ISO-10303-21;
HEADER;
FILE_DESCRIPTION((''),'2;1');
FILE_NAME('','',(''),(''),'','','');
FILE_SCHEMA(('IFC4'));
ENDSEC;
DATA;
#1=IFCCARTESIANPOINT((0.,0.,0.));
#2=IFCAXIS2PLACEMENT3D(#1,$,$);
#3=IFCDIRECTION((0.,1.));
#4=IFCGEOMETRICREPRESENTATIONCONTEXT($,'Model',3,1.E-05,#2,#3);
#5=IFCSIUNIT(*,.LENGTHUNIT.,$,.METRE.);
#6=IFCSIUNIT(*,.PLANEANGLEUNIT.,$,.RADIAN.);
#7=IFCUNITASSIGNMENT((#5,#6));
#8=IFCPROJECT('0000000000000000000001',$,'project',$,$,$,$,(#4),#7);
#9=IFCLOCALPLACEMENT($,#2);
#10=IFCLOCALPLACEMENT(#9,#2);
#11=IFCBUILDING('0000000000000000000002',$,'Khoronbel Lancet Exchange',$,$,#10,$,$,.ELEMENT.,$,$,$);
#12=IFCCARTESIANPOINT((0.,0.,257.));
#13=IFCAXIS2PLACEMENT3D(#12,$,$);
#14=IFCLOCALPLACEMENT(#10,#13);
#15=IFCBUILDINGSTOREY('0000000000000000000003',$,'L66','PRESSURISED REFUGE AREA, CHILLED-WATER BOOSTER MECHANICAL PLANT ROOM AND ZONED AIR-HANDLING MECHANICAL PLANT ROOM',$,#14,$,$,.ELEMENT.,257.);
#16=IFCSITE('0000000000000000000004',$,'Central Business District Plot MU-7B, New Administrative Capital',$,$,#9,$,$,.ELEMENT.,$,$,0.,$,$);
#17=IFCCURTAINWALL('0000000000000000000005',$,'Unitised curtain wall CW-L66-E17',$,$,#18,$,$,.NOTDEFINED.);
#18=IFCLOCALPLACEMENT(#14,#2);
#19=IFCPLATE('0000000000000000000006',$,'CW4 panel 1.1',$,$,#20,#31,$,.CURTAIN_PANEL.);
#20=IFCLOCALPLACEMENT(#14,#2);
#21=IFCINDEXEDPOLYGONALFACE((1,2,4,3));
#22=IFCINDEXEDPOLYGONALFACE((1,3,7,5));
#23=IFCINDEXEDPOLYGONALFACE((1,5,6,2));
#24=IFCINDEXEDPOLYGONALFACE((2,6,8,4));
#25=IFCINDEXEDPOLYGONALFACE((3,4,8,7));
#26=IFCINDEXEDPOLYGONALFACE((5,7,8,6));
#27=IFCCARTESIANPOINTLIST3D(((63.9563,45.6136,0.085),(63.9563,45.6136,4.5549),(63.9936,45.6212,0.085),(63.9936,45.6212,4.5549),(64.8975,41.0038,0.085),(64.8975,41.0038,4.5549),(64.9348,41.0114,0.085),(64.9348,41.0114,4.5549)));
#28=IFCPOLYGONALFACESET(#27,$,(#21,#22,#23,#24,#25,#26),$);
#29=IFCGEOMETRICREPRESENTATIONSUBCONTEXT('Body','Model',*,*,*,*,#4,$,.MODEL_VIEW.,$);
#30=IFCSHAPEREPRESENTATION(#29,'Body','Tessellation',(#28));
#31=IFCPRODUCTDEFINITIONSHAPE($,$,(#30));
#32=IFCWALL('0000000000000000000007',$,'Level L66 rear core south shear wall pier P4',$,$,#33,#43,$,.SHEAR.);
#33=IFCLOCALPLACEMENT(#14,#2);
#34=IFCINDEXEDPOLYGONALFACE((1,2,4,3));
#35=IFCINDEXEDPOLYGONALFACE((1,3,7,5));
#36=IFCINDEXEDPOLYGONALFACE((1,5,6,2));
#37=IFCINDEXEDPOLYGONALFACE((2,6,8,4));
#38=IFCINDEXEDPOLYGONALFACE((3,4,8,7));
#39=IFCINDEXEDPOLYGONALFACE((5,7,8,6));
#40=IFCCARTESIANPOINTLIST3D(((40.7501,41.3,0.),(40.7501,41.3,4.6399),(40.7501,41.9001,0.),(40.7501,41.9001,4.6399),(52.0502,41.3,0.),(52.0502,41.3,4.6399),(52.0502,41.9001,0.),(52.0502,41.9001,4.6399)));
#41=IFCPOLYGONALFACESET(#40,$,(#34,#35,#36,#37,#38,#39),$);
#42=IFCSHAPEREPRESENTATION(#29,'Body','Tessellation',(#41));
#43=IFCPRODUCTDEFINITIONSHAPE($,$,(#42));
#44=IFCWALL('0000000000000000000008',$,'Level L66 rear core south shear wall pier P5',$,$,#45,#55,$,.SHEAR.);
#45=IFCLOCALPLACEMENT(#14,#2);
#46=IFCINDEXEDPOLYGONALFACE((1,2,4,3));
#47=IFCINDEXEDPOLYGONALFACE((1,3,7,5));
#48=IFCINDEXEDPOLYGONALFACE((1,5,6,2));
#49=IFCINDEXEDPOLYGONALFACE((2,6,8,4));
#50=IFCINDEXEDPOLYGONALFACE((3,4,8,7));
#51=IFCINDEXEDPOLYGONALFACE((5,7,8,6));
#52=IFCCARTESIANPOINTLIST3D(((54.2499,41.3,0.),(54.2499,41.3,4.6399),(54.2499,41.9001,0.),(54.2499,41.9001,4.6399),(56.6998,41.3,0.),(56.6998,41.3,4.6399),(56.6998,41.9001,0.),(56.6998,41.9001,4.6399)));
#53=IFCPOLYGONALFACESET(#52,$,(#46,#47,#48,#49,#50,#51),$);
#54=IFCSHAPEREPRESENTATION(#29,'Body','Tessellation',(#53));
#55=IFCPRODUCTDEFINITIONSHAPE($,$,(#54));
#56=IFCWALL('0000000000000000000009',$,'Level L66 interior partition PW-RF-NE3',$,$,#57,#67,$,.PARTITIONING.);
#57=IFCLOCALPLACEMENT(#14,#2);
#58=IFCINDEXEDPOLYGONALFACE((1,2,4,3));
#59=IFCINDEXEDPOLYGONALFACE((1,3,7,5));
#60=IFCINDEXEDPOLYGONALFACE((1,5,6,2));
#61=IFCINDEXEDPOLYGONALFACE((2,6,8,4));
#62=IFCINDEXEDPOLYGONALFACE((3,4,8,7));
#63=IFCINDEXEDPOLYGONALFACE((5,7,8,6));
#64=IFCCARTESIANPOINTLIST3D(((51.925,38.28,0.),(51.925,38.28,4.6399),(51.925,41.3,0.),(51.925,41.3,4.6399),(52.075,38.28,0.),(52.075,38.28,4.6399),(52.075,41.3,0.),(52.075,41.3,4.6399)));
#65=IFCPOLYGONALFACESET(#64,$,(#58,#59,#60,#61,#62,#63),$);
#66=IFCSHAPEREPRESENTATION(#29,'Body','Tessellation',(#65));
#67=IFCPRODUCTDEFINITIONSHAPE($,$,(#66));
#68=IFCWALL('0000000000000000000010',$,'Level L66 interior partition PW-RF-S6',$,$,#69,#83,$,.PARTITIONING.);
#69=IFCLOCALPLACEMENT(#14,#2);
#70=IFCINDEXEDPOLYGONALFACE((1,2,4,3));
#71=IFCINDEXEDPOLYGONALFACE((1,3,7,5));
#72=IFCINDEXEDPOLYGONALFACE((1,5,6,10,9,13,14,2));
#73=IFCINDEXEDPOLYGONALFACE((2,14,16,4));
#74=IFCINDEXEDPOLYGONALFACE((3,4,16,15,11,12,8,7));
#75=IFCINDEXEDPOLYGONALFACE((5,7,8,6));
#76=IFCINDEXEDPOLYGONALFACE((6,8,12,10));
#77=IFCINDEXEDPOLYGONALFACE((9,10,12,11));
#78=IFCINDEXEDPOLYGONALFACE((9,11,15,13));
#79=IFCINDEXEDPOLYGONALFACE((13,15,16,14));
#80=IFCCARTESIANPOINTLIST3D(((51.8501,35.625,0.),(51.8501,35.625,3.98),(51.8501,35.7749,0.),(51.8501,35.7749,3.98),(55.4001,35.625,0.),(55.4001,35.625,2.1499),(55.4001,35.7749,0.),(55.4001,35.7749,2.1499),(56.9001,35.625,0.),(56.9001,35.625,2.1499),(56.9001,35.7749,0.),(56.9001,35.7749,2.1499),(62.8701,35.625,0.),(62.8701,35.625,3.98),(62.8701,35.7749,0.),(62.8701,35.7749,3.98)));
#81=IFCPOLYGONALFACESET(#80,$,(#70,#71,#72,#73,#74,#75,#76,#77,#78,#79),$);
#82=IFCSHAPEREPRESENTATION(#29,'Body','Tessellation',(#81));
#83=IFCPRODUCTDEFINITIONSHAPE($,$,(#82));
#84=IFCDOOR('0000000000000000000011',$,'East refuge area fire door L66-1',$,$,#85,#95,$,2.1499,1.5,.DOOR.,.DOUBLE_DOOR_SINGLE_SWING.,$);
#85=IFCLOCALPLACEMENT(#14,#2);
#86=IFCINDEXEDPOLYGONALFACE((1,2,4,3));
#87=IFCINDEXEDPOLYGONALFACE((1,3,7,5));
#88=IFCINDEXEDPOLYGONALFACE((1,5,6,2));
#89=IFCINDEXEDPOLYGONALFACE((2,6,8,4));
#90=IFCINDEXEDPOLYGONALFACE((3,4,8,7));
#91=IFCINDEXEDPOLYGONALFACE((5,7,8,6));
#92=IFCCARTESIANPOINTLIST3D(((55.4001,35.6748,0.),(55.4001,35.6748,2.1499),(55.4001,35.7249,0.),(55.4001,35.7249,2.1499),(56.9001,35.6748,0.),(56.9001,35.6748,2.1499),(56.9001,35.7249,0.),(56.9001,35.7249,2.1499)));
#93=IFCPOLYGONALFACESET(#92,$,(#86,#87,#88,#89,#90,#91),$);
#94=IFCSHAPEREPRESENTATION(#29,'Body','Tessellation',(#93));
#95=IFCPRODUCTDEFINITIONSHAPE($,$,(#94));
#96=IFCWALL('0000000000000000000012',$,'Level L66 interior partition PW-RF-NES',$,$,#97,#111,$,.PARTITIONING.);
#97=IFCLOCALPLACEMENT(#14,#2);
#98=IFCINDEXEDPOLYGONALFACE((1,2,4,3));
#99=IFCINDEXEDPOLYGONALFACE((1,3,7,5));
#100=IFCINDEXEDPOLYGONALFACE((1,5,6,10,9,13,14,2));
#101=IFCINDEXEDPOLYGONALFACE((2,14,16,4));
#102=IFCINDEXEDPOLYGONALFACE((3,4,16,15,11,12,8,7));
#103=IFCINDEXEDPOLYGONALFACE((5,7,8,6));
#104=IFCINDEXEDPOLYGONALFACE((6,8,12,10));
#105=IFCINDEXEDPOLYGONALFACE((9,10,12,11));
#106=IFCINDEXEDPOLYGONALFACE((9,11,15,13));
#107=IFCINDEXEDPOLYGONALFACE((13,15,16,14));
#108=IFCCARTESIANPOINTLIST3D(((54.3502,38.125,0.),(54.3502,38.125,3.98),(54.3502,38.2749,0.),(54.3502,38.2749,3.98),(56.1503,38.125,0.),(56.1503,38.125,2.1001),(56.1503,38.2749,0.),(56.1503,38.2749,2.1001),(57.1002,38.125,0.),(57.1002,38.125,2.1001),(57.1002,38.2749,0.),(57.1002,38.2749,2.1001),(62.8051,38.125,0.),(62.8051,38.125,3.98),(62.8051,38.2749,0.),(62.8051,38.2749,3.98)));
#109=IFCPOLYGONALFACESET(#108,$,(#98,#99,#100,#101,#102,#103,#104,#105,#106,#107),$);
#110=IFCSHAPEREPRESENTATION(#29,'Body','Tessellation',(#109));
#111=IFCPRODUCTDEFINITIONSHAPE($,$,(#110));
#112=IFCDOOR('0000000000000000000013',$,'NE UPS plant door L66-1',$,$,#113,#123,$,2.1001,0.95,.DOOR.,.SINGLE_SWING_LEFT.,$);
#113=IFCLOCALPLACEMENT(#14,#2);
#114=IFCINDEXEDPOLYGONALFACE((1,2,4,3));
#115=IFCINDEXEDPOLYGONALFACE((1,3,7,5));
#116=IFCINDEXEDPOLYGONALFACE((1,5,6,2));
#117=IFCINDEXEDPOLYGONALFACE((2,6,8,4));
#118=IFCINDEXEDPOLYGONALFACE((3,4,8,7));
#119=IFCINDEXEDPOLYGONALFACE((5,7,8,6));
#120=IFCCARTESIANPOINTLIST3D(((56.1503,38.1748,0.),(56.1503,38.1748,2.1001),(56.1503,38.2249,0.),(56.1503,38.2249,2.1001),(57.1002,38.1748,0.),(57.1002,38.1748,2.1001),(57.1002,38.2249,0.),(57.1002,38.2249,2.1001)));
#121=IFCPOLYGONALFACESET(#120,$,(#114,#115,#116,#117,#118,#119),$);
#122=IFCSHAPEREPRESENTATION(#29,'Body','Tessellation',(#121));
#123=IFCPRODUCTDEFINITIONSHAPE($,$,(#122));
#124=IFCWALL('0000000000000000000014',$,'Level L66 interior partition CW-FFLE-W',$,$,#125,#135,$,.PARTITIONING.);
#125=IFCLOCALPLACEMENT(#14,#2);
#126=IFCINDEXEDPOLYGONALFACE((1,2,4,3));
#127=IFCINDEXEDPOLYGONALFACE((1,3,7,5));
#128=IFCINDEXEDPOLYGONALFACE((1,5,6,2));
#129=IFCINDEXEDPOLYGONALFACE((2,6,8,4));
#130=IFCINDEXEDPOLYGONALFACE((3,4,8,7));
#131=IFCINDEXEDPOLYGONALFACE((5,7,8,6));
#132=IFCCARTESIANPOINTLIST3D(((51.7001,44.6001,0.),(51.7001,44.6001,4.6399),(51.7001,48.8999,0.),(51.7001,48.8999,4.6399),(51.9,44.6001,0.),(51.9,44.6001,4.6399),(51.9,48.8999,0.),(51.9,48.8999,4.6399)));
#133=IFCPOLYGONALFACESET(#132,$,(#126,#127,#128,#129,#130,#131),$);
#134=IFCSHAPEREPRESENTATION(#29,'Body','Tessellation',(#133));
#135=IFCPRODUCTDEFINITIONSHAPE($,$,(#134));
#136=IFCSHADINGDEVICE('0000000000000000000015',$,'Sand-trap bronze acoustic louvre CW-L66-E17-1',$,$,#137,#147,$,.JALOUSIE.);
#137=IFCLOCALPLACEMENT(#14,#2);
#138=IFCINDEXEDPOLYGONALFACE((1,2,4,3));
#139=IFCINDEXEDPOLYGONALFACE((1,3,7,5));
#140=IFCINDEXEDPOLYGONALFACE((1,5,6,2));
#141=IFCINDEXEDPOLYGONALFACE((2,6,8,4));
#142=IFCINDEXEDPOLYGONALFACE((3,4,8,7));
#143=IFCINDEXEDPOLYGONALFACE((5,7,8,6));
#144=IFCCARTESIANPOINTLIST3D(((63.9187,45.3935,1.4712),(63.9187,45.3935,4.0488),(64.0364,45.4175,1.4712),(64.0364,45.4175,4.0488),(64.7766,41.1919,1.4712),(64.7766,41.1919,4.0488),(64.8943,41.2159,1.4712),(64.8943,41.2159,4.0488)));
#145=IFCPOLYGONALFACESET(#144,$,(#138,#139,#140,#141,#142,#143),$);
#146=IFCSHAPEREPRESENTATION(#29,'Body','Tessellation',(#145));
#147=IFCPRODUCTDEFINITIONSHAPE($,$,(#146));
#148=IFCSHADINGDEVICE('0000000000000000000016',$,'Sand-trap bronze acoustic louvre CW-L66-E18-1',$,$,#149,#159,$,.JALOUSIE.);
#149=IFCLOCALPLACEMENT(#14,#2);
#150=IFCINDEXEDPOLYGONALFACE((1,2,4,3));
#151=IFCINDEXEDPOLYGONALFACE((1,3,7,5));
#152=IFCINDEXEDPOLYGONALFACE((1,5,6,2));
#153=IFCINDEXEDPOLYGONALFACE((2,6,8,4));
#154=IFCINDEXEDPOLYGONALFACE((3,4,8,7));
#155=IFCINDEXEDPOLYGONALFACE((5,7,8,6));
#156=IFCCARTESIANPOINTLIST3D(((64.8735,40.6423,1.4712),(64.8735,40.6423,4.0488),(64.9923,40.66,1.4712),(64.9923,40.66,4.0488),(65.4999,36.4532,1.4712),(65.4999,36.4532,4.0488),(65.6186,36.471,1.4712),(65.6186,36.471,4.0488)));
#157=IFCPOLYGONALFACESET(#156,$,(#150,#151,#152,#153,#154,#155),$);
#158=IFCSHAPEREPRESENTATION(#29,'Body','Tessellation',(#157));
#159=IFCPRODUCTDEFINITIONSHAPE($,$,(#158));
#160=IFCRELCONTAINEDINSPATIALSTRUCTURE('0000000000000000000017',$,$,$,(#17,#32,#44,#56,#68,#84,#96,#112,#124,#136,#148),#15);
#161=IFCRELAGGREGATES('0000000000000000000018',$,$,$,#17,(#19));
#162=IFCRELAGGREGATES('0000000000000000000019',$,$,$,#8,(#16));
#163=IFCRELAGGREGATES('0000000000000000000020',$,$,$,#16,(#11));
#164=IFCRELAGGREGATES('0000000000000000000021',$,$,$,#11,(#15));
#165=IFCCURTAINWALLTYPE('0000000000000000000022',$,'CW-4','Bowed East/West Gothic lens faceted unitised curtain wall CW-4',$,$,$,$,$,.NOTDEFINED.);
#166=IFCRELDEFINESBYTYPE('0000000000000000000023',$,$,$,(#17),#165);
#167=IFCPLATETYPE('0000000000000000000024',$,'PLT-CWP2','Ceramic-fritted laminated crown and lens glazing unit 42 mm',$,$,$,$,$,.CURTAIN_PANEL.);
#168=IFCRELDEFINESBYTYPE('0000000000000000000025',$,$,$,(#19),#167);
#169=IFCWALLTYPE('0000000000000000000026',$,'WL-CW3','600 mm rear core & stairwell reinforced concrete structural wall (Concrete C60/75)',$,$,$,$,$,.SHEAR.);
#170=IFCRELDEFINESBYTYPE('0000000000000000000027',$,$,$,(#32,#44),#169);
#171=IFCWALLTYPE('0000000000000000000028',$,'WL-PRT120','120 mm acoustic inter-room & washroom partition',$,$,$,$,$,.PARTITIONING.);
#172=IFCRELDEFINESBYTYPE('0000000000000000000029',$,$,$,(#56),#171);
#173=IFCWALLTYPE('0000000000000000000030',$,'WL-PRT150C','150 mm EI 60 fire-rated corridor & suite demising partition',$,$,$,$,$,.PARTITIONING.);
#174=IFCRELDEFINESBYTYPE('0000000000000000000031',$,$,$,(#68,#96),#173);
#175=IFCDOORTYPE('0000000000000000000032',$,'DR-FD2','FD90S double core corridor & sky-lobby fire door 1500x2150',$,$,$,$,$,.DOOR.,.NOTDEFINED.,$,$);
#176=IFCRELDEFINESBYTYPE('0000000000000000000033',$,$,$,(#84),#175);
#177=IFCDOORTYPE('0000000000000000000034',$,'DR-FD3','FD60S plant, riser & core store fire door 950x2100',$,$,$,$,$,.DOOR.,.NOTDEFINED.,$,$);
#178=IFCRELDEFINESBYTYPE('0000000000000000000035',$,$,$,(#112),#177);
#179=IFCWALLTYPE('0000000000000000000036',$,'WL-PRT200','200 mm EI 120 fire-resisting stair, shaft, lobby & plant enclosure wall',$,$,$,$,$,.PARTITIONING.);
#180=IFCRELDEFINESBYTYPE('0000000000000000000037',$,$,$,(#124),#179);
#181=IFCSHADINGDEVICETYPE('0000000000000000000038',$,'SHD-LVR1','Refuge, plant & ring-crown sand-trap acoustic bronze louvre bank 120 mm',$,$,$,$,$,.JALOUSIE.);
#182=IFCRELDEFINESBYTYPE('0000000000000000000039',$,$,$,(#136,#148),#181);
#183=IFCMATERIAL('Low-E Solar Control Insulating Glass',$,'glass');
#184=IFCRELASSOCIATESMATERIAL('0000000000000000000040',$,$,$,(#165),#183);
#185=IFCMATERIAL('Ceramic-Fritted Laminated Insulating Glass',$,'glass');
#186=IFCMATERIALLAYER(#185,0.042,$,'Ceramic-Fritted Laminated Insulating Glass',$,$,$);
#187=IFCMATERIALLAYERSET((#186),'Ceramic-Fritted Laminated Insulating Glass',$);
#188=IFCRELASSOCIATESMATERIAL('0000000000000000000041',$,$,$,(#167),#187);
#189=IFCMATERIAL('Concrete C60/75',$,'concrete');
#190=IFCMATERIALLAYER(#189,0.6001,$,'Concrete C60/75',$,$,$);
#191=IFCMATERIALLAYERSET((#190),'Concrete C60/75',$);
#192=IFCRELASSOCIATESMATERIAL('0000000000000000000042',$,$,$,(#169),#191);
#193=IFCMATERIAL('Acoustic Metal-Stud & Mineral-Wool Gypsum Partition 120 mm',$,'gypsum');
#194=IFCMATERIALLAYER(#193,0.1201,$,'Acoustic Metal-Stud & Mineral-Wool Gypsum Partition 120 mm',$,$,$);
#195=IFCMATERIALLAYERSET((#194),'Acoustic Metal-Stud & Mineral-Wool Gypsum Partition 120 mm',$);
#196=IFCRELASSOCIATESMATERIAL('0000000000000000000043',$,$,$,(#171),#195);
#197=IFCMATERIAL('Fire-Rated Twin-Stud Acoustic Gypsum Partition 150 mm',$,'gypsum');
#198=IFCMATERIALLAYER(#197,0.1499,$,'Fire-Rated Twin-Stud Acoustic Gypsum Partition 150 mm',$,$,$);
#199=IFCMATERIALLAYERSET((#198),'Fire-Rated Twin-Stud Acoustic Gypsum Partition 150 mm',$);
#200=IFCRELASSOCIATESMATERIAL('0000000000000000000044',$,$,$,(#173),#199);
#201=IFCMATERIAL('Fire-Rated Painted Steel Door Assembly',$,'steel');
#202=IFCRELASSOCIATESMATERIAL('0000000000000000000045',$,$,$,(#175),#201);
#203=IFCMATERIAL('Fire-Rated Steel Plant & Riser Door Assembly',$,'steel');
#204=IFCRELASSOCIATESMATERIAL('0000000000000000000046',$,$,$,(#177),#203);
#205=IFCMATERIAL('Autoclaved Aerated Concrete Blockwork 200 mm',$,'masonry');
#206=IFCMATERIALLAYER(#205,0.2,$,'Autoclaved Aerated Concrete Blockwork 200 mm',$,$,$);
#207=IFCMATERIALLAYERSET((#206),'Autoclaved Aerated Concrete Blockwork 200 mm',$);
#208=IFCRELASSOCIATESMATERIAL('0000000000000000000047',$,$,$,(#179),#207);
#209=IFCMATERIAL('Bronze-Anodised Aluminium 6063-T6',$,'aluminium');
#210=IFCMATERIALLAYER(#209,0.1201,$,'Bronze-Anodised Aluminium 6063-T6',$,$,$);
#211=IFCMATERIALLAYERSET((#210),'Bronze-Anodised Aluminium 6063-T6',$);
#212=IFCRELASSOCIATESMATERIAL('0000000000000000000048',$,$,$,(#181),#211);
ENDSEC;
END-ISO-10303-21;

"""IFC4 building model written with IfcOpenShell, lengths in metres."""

from ifc_helpers import new_model, si_unit, direction, frame, frame_2d, origin, origin_2d, place, context, subcontext, project, spatial, rectangle, extrude, material, layer, layer_set, type_object, element, fill, aggregate, save


model = new_model("IFC4")

# Units and contexts
model_context = context("Model", 3, precision=1e-05, world=origin(), true_north=direction((0.0, 1.0)))
body_context = subcontext(model_context, "Body", "Model", "MODEL_VIEW")
ifc_project = project(units=[si_unit("LENGTHUNIT", "METRE"), si_unit("PLANEANGLEUNIT", "RADIAN")], contexts=[model_context])

# Site, building, storey
site_placement = place(None, origin())
site = spatial("IfcSite", under=ifc_project, at=site_placement, Name="Central Business District Plot MU-7B, New Administrative Capital", CompositionType="ELEMENT", RefElevation=0.0)
building_placement = place(site_placement, origin())
building = spatial("IfcBuilding", under=site, at=building_placement, Name="Khoronbel Lancet Exchange", CompositionType="ELEMENT")
storey_placement = place(building_placement, frame((0.0, 0.0, 257.0)))
storey = spatial("IfcBuildingStorey", under=building, at=storey_placement, Name="L66", Description="PRESSURISED REFUGE AREA, CHILLED-WATER BOOSTER MECHANICAL PLANT ROOM AND ZONED AIR-HANDLING MECHANICAL PLANT ROOM", CompositionType="ELEMENT", Elevation=257.0)

# Shared definitions
ifc_material_1 = material(Name="Concrete C60/75", Category="concrete")

# Curtain wall
ifc_material_2 = material(Name="Low-E Solar Control Insulating Glass", Category="glass")
curtain_wall_type = type_object("IfcCurtainWallType", Name="CW-4", Description="Bowed East/West Gothic lens faceted unitised curtain wall CW-4", PredefinedType="NOTDEFINED", material=ifc_material_2)
curtain_wall_1_placement = place(storey_placement, origin())
curtain_wall_1 = element("IfcCurtainWall", 1, at=curtain_wall_1_placement, inside=storey, type_object=curtain_wall_type, Name="Unitised curtain wall CW-L66-E17", PredefinedType="NOTDEFINED")
ifc_material_3 = material(Name="Bronze-Anodised Aluminium 6063-T6", Category="aluminium")

# Plate
ifc_material_4 = material(Name="Ceramic-Fritted Laminated Insulating Glass", Category="glass")
ifc_layer_1 = layer(ifc_material_4, 0.042, Name="Ceramic-Fritted Laminated Insulating Glass")
ifc_layer_set_1 = layer_set([ifc_layer_1], Name="Ceramic-Fritted Laminated Insulating Glass")
plate_type_1 = type_object("IfcPlateType", Name="PLT-CWP2", Description="Ceramic-fritted laminated crown and lens glazing unit 42 mm", PredefinedType="CURTAIN_PANEL", material=ifc_layer_set_1)
plate_1_placement = place(storey_placement, frame((64.4456, 43.3125, 0.085), z_axis=(0.0, 0.0, 1.0), x_axis=(0.200052, -0.979785, 0.0)))
plate_1 = element("IfcPlate", 2, at=plate_1_placement, type_object=plate_type_1, Name="CW4 panel 1.1", PredefinedType="CURTAIN_PANEL", context=body_context, shape_type="SweptSolid", body=[
    extrude(rectangle(XDim=4.7048, YDim=0.0381, at=origin_2d()), origin(), (0.0, 0.0, 1.0), 4.47),
])
aggregate(curtain_wall_1, [plate_1])

# Walls
ifc_layer_2 = layer(ifc_material_1, 0.6001, Name="Concrete C60/75")
ifc_layer_set_2 = layer_set([ifc_layer_2], Name="Concrete C60/75")
wall_type_1 = type_object("IfcWallType", Name="WL-CW3", Description="600 mm rear core & stairwell reinforced concrete structural wall (Concrete C60/75)", PredefinedType="SHEAR", material=ifc_layer_set_2)
wall_1_placement = place(storey_placement, frame((52.05, 41.6001, 0.0), z_axis=(0.0, 0.0, 1.0), x_axis=(-1.0, 0.0, 0.0)))
element("IfcWall", 3, at=wall_1_placement, inside=storey, type_object=wall_type_1, Name="Level L66 rear core south shear wall pier P4", PredefinedType="SHEAR", context=body_context, shape_type="SweptSolid", body=[
    extrude(rectangle(XDim=11.3, YDim=0.6001, at=frame_2d((5.6499, 0.0))), origin(), (0.0, 0.0, 1.0), 4.6399),
])
wall_2_placement = place(storey_placement, frame((56.7, 41.6001, 0.0), z_axis=(0.0, 0.0, 1.0), x_axis=(-1.0, 0.0, 0.0)))
element("IfcWall", 4, at=wall_2_placement, inside=storey, type_object=wall_type_1, Name="Level L66 rear core south shear wall pier P5", PredefinedType="SHEAR", context=body_context, shape_type="SweptSolid", body=[
    extrude(rectangle(XDim=2.45, YDim=0.6001, at=frame_2d((1.2251, 0.0))), origin(), (0.0, 0.0, 1.0), 4.6399),
])
ifc_material_5 = material(Name="Acoustic Metal-Stud & Mineral-Wool Gypsum Partition 120 mm", Category="gypsum")
ifc_layer_3 = layer(ifc_material_5, 0.1201, Name="Acoustic Metal-Stud & Mineral-Wool Gypsum Partition 120 mm")
ifc_layer_set_3 = layer_set([ifc_layer_3], Name="Acoustic Metal-Stud & Mineral-Wool Gypsum Partition 120 mm")
wall_type_2 = type_object("IfcWallType", Name="WL-PRT120", Description="120 mm acoustic inter-room & washroom partition", PredefinedType="PARTITIONING", material=ifc_layer_set_3)
wall_3_placement = place(storey_placement, frame((52.0, 38.28, 0.0), z_axis=(0.0, 0.0, 1.0), x_axis=(0.0, 1.0, 0.0)))
element("IfcWall", 5, at=wall_3_placement, inside=storey, type_object=wall_type_2, Name="Level L66 interior partition PW-RF-NE3", PredefinedType="PARTITIONING", context=body_context, shape_type="SweptSolid", body=[
    extrude(rectangle(XDim=3.02, YDim=0.1499, at=frame_2d((1.51, 0.0))), origin(), (0.0, 0.0, 1.0), 4.6399),
])

# Walls, openings, doors
ifc_material_6 = material(Name="Fire-Rated Twin-Stud Acoustic Gypsum Partition 150 mm", Category="gypsum")
ifc_layer_4 = layer(ifc_material_6, 0.1499, Name="Fire-Rated Twin-Stud Acoustic Gypsum Partition 150 mm")
ifc_layer_set_4 = layer_set([ifc_layer_4], Name="Fire-Rated Twin-Stud Acoustic Gypsum Partition 150 mm")
wall_type_3 = type_object("IfcWallType", Name="WL-PRT150C", Description="150 mm EI 60 fire-rated corridor & suite demising partition", PredefinedType="PARTITIONING", material=ifc_layer_set_4)
wall_4_placement = place(storey_placement, frame((51.8501, 35.7, 0.0), z_axis=(0.0, 0.0, 1.0), x_axis=(1.0, 0.0, 0.0)))
wall_4 = element("IfcWall", 6, at=wall_4_placement, inside=storey, type_object=wall_type_3, Name="Level L66 interior partition PW-RF-S6", PredefinedType="PARTITIONING", context=body_context, shape_type="SweptSolid", body=[
    extrude(rectangle(XDim=11.02, YDim=0.1499, at=frame_2d((5.51, 0.0))), origin(), (0.0, 0.0, 1.0), 3.98),
])
opening_1_placement = place(wall_4_placement, frame((3.55, 0.0, 0.0)))
opening_1 = element("IfcOpeningElement", 7, at=opening_1_placement, cuts=wall_4, PredefinedType="OPENING", context=body_context, shape_type="SweptSolid", body=[
    extrude(rectangle(XDim=1.5, YDim=2.1499, at=frame_2d((0.75, 1.075))), frame((0.0, 0.085, 0.0), z_axis=(0.0, -1.0, 0.0), x_axis=(1.0, 0.0, 0.0)), (0.0, 0.0, 1.0), 0.1699),
])
ifc_material_7 = material(Name="Fire-Rated Painted Steel Door Assembly", Category="steel")
door_type_1 = type_object("IfcDoorType", Name="DR-FD2", Description="FD90S double core corridor & sky-lobby fire door 1500x2150", OperationType="NOTDEFINED", PredefinedType="DOOR", material=ifc_material_7)
door_1_placement = place(opening_1_placement, origin())
door_1 = element("IfcDoor", 8, at=door_1_placement, inside=storey, type_object=door_type_1, Name="East refuge area fire door L66-1", OperationType="DOUBLE_DOOR_SINGLE_SWING", OverallHeight=2.1499, OverallWidth=1.5, PredefinedType="DOOR", context=body_context, shape_type="SweptSolid", body=[
    extrude(rectangle(XDim=1.5, YDim=2.1499, at=frame_2d((0.75, 1.075))), frame((0.0, 0.0249, 0.0), z_axis=(0.0, -1.0, 0.0), x_axis=(1.0, 0.0, 0.0)), (0.0, 0.0, 1.0), 0.05),
])
fill(opening_1, door_1)
wall_5_placement = place(storey_placement, frame((54.3501, 38.2, 0.0), z_axis=(0.0, 0.0, 1.0), x_axis=(1.0, 0.0, 0.0)))
wall_5 = element("IfcWall", 9, at=wall_5_placement, inside=storey, type_object=wall_type_3, Name="Level L66 interior partition PW-RF-NES", PredefinedType="PARTITIONING", context=body_context, shape_type="SweptSolid", body=[
    extrude(rectangle(XDim=8.4548, YDim=0.1499, at=frame_2d((4.2275, 0.0))), origin(), (0.0, 0.0, 1.0), 3.98),
])
opening_2_placement = place(wall_5_placement, frame((1.8, 0.0, 0.0)))
opening_2 = element("IfcOpeningElement", 10, at=opening_2_placement, cuts=wall_5, PredefinedType="OPENING", context=body_context, shape_type="SweptSolid", body=[
    extrude(rectangle(XDim=0.95, YDim=2.1001, at=frame_2d((0.4751, 1.05))), frame((0.0, 0.085, 0.0), z_axis=(0.0, -1.0, 0.0), x_axis=(1.0, 0.0, 0.0)), (0.0, 0.0, 1.0), 0.1699),
])
ifc_material_8 = material(Name="Fire-Rated Steel Plant & Riser Door Assembly", Category="steel")
door_type_2 = type_object("IfcDoorType", Name="DR-FD3", Description="FD60S plant, riser & core store fire door 950x2100", OperationType="NOTDEFINED", PredefinedType="DOOR", material=ifc_material_8)
door_2_placement = place(opening_2_placement, origin())
door_2 = element("IfcDoor", 11, at=door_2_placement, inside=storey, type_object=door_type_2, Name="NE UPS plant door L66-1", OperationType="SINGLE_SWING_LEFT", OverallHeight=2.1001, OverallWidth=0.95, PredefinedType="DOOR", context=body_context, shape_type="SweptSolid", body=[
    extrude(rectangle(XDim=0.95, YDim=2.1001, at=frame_2d((0.4751, 1.05))), frame((0.0, 0.0249, 0.0), z_axis=(0.0, -1.0, 0.0), x_axis=(1.0, 0.0, 0.0)), (0.0, 0.0, 1.0), 0.05),
])
fill(opening_2, door_2)

# Wall
ifc_material_9 = material(Name="Autoclaved Aerated Concrete Blockwork 200 mm", Category="masonry")
ifc_layer_5 = layer(ifc_material_9, 0.2, Name="Autoclaved Aerated Concrete Blockwork 200 mm")
ifc_layer_set_5 = layer_set([ifc_layer_5], Name="Autoclaved Aerated Concrete Blockwork 200 mm")
wall_type_4 = type_object("IfcWallType", Name="WL-PRT200", Description="200 mm EI 120 fire-resisting stair, shaft, lobby & plant enclosure wall", PredefinedType="PARTITIONING", material=ifc_layer_set_5)
wall_6_placement = place(storey_placement, frame((51.8, 44.6001, 0.0), z_axis=(0.0, 0.0, 1.0), x_axis=(0.0, 1.0, 0.0)))
element("IfcWall", 12, at=wall_6_placement, inside=storey, type_object=wall_type_4, Name="Level L66 interior partition CW-FFLE-W", PredefinedType="PARTITIONING", context=body_context, shape_type="SweptSolid", body=[
    extrude(rectangle(XDim=4.2998, YDim=0.2, at=frame_2d((2.1499, 0.0))), origin(), (0.0, 0.0, 1.0), 4.6399),
])

# Shading devices
ifc_layer_6 = layer(ifc_material_3, 0.1201, Name="Bronze-Anodised Aluminium 6063-T6")
ifc_layer_set_6 = layer_set([ifc_layer_6], Name="Bronze-Anodised Aluminium 6063-T6")
shading_device_type = type_object("IfcShadingDeviceType", Name="SHD-LVR1", Description="Refuge, plant & ring-crown sand-trap acoustic bronze louvre bank 120 mm", PredefinedType="JALOUSIE", material=ifc_layer_set_6)
shading_device_1_placement = place(storey_placement, frame((64.4065, 43.3047, 1.4712), z_axis=(0.0, 0.0, 1.0), x_axis=(0.200052, -0.979785, 0.0)))
element("IfcShadingDevice", 13, at=shading_device_1_placement, inside=storey, type_object=shading_device_type, Name="Sand-trap bronze acoustic louvre CW-L66-E17-1", PredefinedType="JALOUSIE", context=body_context, shape_type="SweptSolid", body=[
    extrude(rectangle(XDim=4.2883, YDim=0.1201, at=origin_2d()), origin(), (0.0, 0.0, 1.0), 2.5776),
])
shading_device_2_placement = place(storey_placement, frame((65.2461, 38.5566, 1.4712), z_axis=(0.0, 0.0, 1.0), x_axis=(0.147869, -0.989007, 0.0)))
element("IfcShadingDevice", 14, at=shading_device_2_placement, inside=storey, type_object=shading_device_type, Name="Sand-trap bronze acoustic louvre CW-L66-E18-1", PredefinedType="JALOUSIE", context=body_context, shape_type="SweptSolid", body=[
    extrude(rectangle(XDim=4.2356, YDim=0.1201, at=origin_2d()), origin(), (0.0, 0.0, 1.0), 2.5776),
])

save(model, "model.ifc")
